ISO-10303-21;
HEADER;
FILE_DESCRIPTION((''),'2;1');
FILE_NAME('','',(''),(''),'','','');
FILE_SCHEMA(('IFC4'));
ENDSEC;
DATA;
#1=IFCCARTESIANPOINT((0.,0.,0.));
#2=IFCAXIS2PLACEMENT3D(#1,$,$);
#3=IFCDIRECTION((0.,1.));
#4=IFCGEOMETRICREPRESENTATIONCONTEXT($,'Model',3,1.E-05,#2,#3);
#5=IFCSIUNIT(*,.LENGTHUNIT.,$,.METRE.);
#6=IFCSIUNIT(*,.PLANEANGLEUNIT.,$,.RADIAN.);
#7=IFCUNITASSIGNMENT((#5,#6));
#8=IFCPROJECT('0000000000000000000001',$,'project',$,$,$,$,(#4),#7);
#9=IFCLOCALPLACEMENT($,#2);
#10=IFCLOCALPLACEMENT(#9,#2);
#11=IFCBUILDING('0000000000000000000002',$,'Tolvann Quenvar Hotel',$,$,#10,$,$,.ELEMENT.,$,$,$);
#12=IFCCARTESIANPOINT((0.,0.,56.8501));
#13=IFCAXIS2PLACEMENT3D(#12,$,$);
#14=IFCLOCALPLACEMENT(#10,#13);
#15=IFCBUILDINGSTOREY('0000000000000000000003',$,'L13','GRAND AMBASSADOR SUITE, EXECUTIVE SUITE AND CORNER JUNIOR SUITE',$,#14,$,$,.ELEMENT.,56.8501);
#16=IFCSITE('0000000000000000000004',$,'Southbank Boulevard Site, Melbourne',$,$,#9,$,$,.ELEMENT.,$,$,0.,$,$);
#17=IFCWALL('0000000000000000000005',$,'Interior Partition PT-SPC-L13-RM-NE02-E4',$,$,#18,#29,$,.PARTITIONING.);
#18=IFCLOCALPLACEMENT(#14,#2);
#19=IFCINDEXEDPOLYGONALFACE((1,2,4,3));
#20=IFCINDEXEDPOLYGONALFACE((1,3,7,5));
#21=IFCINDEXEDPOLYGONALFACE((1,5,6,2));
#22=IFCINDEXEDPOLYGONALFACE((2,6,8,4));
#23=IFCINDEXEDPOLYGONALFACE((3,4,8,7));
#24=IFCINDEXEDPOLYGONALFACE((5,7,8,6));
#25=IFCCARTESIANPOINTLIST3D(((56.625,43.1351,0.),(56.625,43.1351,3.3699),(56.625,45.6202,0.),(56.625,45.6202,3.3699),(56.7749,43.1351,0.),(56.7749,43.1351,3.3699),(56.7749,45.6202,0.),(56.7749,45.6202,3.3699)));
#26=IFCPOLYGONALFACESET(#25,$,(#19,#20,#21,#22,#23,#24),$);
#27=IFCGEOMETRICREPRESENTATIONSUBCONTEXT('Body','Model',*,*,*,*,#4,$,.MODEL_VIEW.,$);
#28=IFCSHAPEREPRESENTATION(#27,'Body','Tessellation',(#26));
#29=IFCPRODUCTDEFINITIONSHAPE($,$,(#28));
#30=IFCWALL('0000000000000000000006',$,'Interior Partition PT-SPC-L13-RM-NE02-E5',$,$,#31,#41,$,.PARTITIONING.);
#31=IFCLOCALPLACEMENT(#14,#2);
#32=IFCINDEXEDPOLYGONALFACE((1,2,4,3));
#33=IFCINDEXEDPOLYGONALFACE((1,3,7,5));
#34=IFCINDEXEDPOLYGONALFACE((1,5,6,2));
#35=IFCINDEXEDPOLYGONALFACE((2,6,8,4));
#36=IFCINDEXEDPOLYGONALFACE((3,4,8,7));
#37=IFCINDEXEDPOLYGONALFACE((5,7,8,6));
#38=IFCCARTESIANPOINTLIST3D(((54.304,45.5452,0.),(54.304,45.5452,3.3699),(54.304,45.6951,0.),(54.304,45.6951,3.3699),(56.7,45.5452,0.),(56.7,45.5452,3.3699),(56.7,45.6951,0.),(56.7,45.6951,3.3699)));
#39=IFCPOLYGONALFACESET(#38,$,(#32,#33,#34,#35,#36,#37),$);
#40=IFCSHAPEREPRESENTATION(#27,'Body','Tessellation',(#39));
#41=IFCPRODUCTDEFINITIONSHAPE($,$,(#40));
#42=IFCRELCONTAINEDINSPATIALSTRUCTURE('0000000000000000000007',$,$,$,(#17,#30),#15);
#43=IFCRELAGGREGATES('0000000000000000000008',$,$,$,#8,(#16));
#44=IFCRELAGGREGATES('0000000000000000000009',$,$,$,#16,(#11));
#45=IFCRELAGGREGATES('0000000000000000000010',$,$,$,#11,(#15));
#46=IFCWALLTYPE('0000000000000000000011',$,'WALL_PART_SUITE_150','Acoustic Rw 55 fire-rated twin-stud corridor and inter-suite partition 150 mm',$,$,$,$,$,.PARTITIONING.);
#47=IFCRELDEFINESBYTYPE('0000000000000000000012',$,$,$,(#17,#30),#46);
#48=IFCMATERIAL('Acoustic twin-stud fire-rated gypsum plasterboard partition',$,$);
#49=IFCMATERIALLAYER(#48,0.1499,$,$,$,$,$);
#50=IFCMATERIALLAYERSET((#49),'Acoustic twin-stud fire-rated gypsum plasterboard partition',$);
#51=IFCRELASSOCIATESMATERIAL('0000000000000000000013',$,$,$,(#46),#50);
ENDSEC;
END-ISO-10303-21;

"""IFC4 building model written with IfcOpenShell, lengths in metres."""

from ifc_helpers import new_model, si_unit, direction, frame, frame_2d, origin, place, context, subcontext, project, spatial, rectangle, extrude, material, layer, layer_set, type_object, element, save


model = new_model("IFC4")

# Units and contexts
model_context = context("Model", 3, precision=1e-05, world=origin(), true_north=direction((0.0, 1.0)))
body_context = subcontext(model_context, "Body", "Model", "MODEL_VIEW")
ifc_project = project(units=[si_unit("LENGTHUNIT", "METRE"), si_unit("PLANEANGLEUNIT", "RADIAN")], contexts=[model_context])

# Site, building, storey
site_placement = place(None, origin())
site = spatial("IfcSite", under=ifc_project, at=site_placement, Name="Southbank Boulevard Site, Melbourne", CompositionType="ELEMENT", RefElevation=0.0)
building_placement = place(site_placement, origin())
building = spatial("IfcBuilding", under=site, at=building_placement, Name="Tolvann Quenvar Hotel", CompositionType="ELEMENT")
storey_placement = place(building_placement, frame((0.0, 0.0, 56.8501)))
storey = spatial("IfcBuildingStorey", under=building, at=storey_placement, Name="L13", Description="GRAND AMBASSADOR SUITE, EXECUTIVE SUITE AND CORNER JUNIOR SUITE", CompositionType="ELEMENT", Elevation=56.8501)

# Walls
ifc_material_1 = material(Name="Acoustic twin-stud fire-rated gypsum plasterboard partition")
ifc_layer_1 = layer(ifc_material_1, 0.1499)
ifc_layer_set_1 = layer_set([ifc_layer_1], Name="Acoustic twin-stud fire-rated gypsum plasterboard partition")
wall_type_1 = type_object("IfcWallType", Name="WALL_PART_SUITE_150", Description="Acoustic Rw 55 fire-rated twin-stud corridor and inter-suite partition 150 mm", PredefinedType="PARTITIONING", material=ifc_layer_set_1)
wall_1_placement = place(storey_placement, frame((56.7, 43.135, 0.0), z_axis=(0.0, 0.0, 1.0), x_axis=(0.0, 1.0, 0.0)))
element("IfcWall", 1, at=wall_1_placement, inside=storey, type_object=wall_type_1, Name="Interior Partition PT-SPC-L13-RM-NE02-E4", PredefinedType="PARTITIONING", context=body_context, shape_type="SweptSolid", body=[
    extrude(rectangle(XDim=2.4851, YDim=0.1499, at=frame_2d((1.2427, 0.0))), origin(), (0.0, 0.0, 1.0), 3.3699),
])
wall_2_placement = place(storey_placement, frame((54.304, 45.6201, 0.0), z_axis=(0.0, 0.0, 1.0), x_axis=(1.0, 0.0, 0.0)))
element("IfcWall", 2, at=wall_2_placement, inside=storey, type_object=wall_type_1, Name="Interior Partition PT-SPC-L13-RM-NE02-E5", PredefinedType="PARTITIONING", context=body_context, shape_type="SweptSolid", body=[
    extrude(rectangle(XDim=2.396, YDim=0.1499, at=frame_2d((1.198, 0.0))), origin(), (0.0, 0.0, 1.0), 3.3699),
])

save(model, "model.ifc")
